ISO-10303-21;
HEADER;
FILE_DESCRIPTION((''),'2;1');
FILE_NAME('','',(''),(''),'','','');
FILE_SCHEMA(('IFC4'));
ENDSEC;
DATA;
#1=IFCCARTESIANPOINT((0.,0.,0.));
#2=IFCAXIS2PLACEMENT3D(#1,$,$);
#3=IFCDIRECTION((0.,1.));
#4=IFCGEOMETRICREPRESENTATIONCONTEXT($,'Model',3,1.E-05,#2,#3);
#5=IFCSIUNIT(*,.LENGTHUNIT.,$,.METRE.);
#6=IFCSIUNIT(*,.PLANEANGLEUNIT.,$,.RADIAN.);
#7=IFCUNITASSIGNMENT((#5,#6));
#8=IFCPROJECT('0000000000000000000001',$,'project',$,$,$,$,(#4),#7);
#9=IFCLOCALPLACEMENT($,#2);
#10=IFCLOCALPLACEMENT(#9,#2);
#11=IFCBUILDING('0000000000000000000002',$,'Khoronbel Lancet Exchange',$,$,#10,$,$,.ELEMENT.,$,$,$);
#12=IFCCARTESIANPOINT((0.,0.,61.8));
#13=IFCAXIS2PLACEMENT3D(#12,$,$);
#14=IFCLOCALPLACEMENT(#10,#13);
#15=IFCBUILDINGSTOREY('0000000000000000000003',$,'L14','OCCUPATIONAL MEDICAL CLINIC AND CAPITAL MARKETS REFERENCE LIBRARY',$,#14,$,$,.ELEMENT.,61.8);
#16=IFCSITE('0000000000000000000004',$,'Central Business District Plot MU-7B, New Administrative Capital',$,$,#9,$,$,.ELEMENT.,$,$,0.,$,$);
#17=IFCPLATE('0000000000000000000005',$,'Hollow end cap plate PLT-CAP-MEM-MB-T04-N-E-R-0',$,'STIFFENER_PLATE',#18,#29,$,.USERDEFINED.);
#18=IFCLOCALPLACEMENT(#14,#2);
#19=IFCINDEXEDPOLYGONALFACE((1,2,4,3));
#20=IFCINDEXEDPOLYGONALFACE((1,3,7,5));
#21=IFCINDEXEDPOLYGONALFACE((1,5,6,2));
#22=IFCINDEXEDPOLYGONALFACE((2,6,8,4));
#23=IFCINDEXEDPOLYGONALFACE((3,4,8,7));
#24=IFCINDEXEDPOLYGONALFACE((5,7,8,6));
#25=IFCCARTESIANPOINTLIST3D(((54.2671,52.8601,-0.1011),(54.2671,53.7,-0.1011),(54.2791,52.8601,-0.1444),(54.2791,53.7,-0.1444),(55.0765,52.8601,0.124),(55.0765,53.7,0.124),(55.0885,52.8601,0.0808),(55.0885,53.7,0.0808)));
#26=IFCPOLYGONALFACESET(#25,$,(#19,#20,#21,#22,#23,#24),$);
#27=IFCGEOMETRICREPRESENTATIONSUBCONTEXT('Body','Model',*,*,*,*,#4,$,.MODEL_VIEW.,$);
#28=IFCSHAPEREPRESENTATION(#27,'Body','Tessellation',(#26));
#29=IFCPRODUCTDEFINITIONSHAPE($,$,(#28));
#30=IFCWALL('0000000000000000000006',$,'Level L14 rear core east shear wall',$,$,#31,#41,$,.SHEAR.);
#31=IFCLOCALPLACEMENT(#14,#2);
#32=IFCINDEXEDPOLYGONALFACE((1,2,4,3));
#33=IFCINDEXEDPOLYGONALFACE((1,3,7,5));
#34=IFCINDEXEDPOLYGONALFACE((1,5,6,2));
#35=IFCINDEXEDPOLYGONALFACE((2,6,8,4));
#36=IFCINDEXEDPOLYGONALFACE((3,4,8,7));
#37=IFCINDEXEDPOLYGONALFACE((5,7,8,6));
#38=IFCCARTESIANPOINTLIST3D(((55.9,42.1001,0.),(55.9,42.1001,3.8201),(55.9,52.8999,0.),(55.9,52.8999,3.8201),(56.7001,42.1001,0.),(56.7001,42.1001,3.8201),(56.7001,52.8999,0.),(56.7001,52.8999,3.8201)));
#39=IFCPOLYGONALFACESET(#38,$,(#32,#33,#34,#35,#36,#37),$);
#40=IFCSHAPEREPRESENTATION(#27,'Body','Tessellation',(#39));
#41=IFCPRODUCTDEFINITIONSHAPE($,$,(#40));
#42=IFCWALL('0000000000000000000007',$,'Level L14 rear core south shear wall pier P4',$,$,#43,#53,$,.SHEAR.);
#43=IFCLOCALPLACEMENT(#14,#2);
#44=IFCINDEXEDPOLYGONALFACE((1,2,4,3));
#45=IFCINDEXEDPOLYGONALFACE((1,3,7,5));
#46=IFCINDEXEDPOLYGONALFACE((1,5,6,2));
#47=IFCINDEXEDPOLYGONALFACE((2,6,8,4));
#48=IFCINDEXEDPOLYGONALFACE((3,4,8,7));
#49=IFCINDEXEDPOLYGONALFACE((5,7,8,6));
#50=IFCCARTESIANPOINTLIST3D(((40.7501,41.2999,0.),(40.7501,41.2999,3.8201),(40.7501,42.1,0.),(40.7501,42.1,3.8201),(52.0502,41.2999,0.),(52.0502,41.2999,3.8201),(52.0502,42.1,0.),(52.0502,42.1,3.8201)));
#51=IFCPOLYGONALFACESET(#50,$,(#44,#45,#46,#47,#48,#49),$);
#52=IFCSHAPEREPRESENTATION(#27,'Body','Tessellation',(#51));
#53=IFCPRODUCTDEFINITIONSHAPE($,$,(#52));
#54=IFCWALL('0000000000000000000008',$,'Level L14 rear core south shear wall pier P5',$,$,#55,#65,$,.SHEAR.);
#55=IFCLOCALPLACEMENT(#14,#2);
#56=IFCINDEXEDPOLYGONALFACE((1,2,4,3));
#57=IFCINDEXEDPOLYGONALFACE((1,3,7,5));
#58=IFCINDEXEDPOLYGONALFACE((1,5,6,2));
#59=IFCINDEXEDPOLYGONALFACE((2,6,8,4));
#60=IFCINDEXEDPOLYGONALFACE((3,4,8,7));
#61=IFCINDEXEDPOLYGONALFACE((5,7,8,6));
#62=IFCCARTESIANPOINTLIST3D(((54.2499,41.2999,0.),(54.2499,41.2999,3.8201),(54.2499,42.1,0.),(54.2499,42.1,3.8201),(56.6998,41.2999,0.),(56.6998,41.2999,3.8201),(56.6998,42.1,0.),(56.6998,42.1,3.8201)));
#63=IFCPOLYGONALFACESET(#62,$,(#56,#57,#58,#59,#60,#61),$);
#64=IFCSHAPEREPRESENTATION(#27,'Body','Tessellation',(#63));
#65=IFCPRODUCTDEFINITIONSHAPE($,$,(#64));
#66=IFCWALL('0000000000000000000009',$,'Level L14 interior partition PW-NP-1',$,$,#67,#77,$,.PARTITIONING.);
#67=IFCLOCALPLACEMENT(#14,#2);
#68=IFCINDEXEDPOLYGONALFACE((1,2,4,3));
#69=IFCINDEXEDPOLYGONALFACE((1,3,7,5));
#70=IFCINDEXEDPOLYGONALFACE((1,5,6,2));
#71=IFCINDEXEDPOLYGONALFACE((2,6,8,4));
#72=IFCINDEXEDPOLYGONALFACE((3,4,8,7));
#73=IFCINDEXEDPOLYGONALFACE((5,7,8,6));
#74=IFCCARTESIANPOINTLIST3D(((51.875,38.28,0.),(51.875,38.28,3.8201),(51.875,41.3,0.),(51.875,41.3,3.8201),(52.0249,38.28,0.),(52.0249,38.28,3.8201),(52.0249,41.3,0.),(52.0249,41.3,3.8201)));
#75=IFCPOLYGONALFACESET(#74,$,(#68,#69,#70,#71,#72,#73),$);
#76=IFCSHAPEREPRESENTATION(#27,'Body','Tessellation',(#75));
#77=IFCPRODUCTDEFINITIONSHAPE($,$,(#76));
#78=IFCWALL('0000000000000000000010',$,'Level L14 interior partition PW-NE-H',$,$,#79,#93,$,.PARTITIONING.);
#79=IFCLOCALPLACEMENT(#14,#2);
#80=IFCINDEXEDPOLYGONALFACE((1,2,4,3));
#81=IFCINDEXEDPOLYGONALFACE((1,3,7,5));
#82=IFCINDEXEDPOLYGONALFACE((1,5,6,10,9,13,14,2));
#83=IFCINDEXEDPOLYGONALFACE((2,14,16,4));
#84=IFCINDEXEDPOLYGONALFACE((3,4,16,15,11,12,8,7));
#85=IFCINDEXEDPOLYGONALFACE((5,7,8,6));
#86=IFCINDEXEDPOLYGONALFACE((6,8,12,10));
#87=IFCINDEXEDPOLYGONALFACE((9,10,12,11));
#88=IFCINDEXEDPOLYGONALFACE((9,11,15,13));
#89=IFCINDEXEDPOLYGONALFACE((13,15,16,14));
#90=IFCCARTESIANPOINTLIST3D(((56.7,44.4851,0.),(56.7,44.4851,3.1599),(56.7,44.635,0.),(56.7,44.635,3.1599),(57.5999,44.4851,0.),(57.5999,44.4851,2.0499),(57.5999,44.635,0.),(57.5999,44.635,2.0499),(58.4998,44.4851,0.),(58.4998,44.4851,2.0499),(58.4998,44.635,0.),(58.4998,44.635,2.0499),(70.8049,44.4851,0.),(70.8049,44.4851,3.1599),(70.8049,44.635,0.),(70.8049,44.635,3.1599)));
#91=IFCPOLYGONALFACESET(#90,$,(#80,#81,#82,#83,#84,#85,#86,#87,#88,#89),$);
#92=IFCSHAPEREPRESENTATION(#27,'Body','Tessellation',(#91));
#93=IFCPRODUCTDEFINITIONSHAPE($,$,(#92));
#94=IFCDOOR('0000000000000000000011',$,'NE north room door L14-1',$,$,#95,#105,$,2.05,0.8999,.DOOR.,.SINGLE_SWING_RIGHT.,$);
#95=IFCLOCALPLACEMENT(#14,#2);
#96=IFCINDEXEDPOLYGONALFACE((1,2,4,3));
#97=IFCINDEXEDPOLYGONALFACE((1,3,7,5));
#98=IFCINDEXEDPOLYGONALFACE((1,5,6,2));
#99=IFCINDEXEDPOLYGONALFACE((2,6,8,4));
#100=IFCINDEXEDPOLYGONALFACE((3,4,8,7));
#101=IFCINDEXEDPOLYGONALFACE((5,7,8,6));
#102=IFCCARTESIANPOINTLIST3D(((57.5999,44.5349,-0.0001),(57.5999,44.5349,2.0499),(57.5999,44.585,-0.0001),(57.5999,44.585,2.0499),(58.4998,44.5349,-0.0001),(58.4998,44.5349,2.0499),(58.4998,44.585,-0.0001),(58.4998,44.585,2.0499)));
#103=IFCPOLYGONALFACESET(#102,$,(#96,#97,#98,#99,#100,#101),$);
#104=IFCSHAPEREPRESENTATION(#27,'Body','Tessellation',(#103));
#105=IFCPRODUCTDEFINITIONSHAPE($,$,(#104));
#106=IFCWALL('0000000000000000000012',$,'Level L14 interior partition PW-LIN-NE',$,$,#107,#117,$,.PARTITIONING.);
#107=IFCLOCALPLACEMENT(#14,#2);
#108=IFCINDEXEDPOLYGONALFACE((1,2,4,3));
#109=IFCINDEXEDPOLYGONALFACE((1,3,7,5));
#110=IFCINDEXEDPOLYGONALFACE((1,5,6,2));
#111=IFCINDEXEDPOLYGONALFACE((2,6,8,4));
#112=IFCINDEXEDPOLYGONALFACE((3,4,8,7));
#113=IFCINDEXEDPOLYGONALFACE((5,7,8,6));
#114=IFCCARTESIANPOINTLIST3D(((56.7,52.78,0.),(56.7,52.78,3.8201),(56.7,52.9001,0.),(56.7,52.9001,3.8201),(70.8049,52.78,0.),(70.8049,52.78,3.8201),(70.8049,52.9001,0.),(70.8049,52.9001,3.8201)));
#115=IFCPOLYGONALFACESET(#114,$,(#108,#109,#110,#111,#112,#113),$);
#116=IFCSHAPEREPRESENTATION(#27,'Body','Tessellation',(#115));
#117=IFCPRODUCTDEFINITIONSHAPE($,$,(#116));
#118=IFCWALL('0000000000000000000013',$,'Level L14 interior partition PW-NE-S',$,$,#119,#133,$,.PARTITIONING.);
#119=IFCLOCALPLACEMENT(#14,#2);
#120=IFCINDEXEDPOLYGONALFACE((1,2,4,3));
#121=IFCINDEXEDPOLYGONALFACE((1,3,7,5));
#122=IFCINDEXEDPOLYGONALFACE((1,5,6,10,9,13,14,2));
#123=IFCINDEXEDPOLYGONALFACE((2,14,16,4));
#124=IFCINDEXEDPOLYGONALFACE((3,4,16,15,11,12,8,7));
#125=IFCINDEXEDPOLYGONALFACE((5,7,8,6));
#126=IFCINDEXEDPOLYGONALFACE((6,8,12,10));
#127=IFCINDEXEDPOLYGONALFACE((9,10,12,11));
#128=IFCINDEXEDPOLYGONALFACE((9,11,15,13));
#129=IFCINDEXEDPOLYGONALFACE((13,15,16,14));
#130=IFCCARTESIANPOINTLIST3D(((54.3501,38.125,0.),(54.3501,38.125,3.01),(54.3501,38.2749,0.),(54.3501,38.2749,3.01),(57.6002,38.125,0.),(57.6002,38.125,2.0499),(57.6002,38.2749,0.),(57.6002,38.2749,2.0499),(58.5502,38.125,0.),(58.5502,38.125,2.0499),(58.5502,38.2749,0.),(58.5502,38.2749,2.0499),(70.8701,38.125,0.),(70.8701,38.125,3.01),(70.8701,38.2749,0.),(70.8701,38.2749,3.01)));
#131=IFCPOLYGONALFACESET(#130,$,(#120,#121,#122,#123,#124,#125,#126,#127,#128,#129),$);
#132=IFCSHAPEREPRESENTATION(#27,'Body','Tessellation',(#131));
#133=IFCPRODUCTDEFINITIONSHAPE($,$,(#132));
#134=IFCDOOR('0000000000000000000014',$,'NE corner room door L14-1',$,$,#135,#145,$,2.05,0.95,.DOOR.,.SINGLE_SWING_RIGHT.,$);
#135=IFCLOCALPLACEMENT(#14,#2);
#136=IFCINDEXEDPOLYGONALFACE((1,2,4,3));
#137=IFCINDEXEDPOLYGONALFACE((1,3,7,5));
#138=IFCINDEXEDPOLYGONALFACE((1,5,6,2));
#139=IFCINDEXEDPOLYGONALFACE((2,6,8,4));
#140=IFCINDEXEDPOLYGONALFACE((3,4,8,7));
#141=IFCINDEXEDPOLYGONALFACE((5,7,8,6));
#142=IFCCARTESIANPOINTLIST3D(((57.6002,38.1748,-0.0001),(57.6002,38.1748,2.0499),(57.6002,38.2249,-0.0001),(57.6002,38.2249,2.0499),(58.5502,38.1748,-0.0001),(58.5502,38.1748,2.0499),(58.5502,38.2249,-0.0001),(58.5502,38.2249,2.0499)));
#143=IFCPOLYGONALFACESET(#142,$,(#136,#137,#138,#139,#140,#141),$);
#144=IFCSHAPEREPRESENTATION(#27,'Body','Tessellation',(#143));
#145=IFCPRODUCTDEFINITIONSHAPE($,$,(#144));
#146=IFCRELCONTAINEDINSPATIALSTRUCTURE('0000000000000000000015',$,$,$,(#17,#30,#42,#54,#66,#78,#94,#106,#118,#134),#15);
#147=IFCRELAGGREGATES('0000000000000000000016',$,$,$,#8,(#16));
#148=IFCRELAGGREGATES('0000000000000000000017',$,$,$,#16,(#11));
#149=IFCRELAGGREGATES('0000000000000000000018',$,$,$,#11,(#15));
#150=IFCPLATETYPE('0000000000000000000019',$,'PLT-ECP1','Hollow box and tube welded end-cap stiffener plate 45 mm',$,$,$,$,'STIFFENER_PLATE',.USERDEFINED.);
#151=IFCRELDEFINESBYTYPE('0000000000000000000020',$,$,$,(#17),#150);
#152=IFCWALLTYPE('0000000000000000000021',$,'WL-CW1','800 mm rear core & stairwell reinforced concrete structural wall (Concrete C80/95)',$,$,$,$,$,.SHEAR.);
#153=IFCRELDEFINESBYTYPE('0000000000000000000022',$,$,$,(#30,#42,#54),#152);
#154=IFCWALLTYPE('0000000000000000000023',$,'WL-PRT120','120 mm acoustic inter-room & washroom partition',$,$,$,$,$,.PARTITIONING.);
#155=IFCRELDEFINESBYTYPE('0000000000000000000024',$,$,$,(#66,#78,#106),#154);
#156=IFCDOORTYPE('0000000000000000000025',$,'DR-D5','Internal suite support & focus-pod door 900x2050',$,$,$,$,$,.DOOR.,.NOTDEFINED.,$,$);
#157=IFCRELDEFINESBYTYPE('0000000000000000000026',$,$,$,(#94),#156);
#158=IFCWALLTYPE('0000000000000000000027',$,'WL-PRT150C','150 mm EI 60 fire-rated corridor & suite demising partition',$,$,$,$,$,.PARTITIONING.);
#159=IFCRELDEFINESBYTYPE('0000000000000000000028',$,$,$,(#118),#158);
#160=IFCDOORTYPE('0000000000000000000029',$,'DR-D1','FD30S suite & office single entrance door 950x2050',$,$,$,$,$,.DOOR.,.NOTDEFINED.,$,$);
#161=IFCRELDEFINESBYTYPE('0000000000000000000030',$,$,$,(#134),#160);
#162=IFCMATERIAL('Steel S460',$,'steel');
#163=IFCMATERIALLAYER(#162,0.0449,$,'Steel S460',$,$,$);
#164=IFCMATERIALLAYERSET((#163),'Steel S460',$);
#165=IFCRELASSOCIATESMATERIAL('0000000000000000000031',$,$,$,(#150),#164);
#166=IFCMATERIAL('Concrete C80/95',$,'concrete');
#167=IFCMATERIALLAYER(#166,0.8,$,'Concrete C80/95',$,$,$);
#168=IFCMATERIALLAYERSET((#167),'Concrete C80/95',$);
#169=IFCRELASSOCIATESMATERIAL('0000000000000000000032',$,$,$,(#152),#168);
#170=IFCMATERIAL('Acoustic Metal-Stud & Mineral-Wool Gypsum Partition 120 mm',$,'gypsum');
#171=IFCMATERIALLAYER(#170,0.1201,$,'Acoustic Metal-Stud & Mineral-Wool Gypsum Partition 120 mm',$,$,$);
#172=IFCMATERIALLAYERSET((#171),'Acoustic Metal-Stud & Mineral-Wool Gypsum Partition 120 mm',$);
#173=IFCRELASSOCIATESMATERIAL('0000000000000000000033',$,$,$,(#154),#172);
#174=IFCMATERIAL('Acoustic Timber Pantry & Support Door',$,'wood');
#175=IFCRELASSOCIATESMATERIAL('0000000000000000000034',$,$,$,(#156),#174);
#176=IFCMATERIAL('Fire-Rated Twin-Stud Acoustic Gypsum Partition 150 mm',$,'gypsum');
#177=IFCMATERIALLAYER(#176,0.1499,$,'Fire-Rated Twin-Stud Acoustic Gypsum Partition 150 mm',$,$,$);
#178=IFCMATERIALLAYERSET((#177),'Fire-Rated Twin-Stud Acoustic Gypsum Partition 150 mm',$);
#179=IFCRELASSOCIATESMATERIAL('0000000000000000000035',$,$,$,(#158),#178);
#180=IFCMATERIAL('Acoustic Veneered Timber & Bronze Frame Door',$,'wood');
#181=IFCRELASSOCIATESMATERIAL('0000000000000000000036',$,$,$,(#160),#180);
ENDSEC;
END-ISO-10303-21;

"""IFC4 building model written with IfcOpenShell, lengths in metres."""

from ifc_helpers import new_model, si_unit, direction, frame, frame_2d, origin, place, context, subcontext, project, spatial, polyline, rectangle, outline, extrude, material, layer, layer_set, type_object, element, fill, save


model = new_model("IFC4")

# Units and contexts
model_context = context("Model", 3, precision=1e-05, world=origin(), true_north=direction((0.0, 1.0)))
body_context = subcontext(model_context, "Body", "Model", "MODEL_VIEW")
ifc_project = project(units=[si_unit("LENGTHUNIT", "METRE"), si_unit("PLANEANGLEUNIT", "RADIAN")], contexts=[model_context])

# Site, building, storey
site_placement = place(None, origin())
site = spatial("IfcSite", under=ifc_project, at=site_placement, Name="Central Business District Plot MU-7B, New Administrative Capital", CompositionType="ELEMENT", RefElevation=0.0)
building_placement = place(site_placement, origin())
building = spatial("IfcBuilding", under=site, at=building_placement, Name="Khoronbel Lancet Exchange", CompositionType="ELEMENT")
storey_placement = place(building_placement, frame((0.0, 0.0, 61.8)))
storey = spatial("IfcBuildingStorey", under=building, at=storey_placement, Name="L14", Description="OCCUPATIONAL MEDICAL CLINIC AND CAPITAL MARKETS REFERENCE LIBRARY", CompositionType="ELEMENT", Elevation=61.8)

# Shared definitions
ifc_material_1 = material(Name="Steel S460", Category="steel")

# Shared definitions
ifc_material_2 = material(Name="Concrete C80/95", Category="concrete")

# Plate
ifc_layer_1 = layer(ifc_material_1, 0.0449, Name="Steel S460")
ifc_layer_set_1 = layer_set([ifc_layer_1], Name="Steel S460")
plate_type_1 = type_object("IfcPlateType", Name="PLT-ECP1", Description="Hollow box and tube welded end-cap stiffener plate 45 mm", ElementType="STIFFENER_PLATE", PredefinedType="USERDEFINED", material=ifc_layer_set_1)
plate_1_placement = place(storey_placement, frame((54.2671, 53.7, -0.1011), z_axis=(-0.267959, 0.0, 0.96343), x_axis=(0.0, -1.0, 0.0)))
element("IfcPlate", 1, at=plate_1_placement, inside=storey, type_object=plate_type_1, Name="Hollow end cap plate PLT-CAP-MEM-MB-T04-N-E-R-0", ObjectType="STIFFENER_PLATE", PredefinedType="USERDEFINED", context=body_context, shape_type="SweptSolid", body=[
    extrude(outline(polyline([(0.0, 0.0), (0.8398, 0.0), (0.8398, 0.8401), (0.0, 0.8401), (0.0, 0.0)])), origin(), (0.0, 0.0, -1.0), 0.0449),
])

# Walls
ifc_layer_2 = layer(ifc_material_2, 0.8, Name="Concrete C80/95")
ifc_layer_set_2 = layer_set([ifc_layer_2], Name="Concrete C80/95")
wall_type_1 = type_object("IfcWallType", Name="WL-CW1", Description="800 mm rear core & stairwell reinforced concrete structural wall (Concrete C80/95)", PredefinedType="SHEAR", material=ifc_layer_set_2)
wall_1_placement = place(storey_placement, frame((56.3, 52.8999, 0.0), z_axis=(0.0, 0.0, 1.0), x_axis=(0.0, -1.0, 0.0)))
element("IfcWall", 2, at=wall_1_placement, inside=storey, type_object=wall_type_1, Name="Level L14 rear core east shear wall", PredefinedType="SHEAR", context=body_context, shape_type="SweptSolid", body=[
    extrude(rectangle(XDim=10.7998, YDim=0.8, at=frame_2d((5.3999, 0.0))), origin(), (0.0, 0.0, 1.0), 3.8201),
])
wall_2_placement = place(storey_placement, frame((52.05, 41.7, 0.0), z_axis=(0.0, 0.0, 1.0), x_axis=(-1.0, 0.0, 0.0)))
element("IfcWall", 3, at=wall_2_placement, inside=storey, type_object=wall_type_1, Name="Level L14 rear core south shear wall pier P4", PredefinedType="SHEAR", context=body_context, shape_type="SweptSolid", body=[
    extrude(rectangle(XDim=11.3, YDim=0.8, at=frame_2d((5.6499, 0.0))), origin(), (0.0, 0.0, 1.0), 3.8201),
])
wall_3_placement = place(storey_placement, frame((56.7, 41.7, 0.0), z_axis=(0.0, 0.0, 1.0), x_axis=(-1.0, 0.0, 0.0)))
element("IfcWall", 4, at=wall_3_placement, inside=storey, type_object=wall_type_1, Name="Level L14 rear core south shear wall pier P5", PredefinedType="SHEAR", context=body_context, shape_type="SweptSolid", body=[
    extrude(rectangle(XDim=2.45, YDim=0.8, at=frame_2d((1.2251, 0.0))), origin(), (0.0, 0.0, 1.0), 3.8201),
])
ifc_material_3 = material(Name="Acoustic Metal-Stud & Mineral-Wool Gypsum Partition 120 mm", Category="gypsum")
ifc_layer_3 = layer(ifc_material_3, 0.1201, Name="Acoustic Metal-Stud & Mineral-Wool Gypsum Partition 120 mm")
ifc_layer_set_3 = layer_set([ifc_layer_3], Name="Acoustic Metal-Stud & Mineral-Wool Gypsum Partition 120 mm")
wall_type_2 = type_object("IfcWallType", Name="WL-PRT120", Description="120 mm acoustic inter-room & washroom partition", PredefinedType="PARTITIONING", material=ifc_layer_set_3)
wall_4_placement = place(storey_placement, frame((51.95, 38.28, 0.0), z_axis=(0.0, 0.0, 1.0), x_axis=(0.0, 1.0, 0.0)))
element("IfcWall", 5, at=wall_4_placement, inside=storey, type_object=wall_type_2, Name="Level L14 interior partition PW-NP-1", PredefinedType="PARTITIONING", context=body_context, shape_type="SweptSolid", body=[
    extrude(rectangle(XDim=3.02, YDim=0.1499, at=frame_2d((1.51, 0.0))), origin(), (0.0, 0.0, 1.0), 3.8201),
])

# Wall, opening, door
wall_5_placement = place(storey_placement, frame((56.7, 44.5601, 0.0), z_axis=(0.0, 0.0, 1.0), x_axis=(1.0, 0.0, 0.0)))
wall_5 = element("IfcWall", 6, at=wall_5_placement, inside=storey, type_object=wall_type_2, Name="Level L14 interior partition PW-NE-H", PredefinedType="PARTITIONING", context=body_context, shape_type="SweptSolid", body=[
    extrude(rectangle(XDim=14.105, YDim=0.1499, at=frame_2d((7.0525, 0.0))), origin(), (0.0, 0.0, 1.0), 3.1599),
])
opening_1_placement = place(wall_5_placement, frame((0.8999, 0.0, 0.0)))
opening_1 = element("IfcOpeningElement", 7, at=opening_1_placement, cuts=wall_5, PredefinedType="OPENING", context=body_context, shape_type="SweptSolid", body=[
    extrude(rectangle(XDim=0.8999, YDim=2.05, at=frame_2d((0.45, 1.0249))), frame((0.0, 0.085, 0.0), z_axis=(0.0, -1.0, 0.0), x_axis=(1.0, 0.0, 0.0)), (0.0, 0.0, 1.0), 0.1699),
])
ifc_material_4 = material(Name="Acoustic Timber Pantry & Support Door", Category="wood")
door_type_1 = type_object("IfcDoorType", Name="DR-D5", Description="Internal suite support & focus-pod door 900x2050", OperationType="NOTDEFINED", PredefinedType="DOOR", material=ifc_material_4)
door_1_placement = place(opening_1_placement, origin())
door_1 = element("IfcDoor", 8, at=door_1_placement, inside=storey, type_object=door_type_1, Name="NE north room door L14-1", OperationType="SINGLE_SWING_RIGHT", OverallHeight=2.05, OverallWidth=0.8999, PredefinedType="DOOR", context=body_context, shape_type="SweptSolid", body=[
    extrude(rectangle(XDim=0.8999, YDim=2.05, at=frame_2d((0.45, 1.0249))), frame((0.0, 0.0249, 0.0), z_axis=(0.0, -1.0, 0.0), x_axis=(1.0, 0.0, 0.0)), (0.0, 0.0, 1.0), 0.05),
])
fill(opening_1, door_1)

# Wall
wall_6_placement = place(storey_placement, frame((56.7, 52.8401, 0.0), z_axis=(0.0, 0.0, 1.0), x_axis=(1.0, 0.0, 0.0)))
element("IfcWall", 9, at=wall_6_placement, inside=storey, type_object=wall_type_2, Name="Level L14 interior partition PW-LIN-NE", PredefinedType="PARTITIONING", context=body_context, shape_type="SweptSolid", body=[
    extrude(rectangle(XDim=14.105, YDim=0.1201, at=frame_2d((7.0525, 0.0))), origin(), (0.0, 0.0, 1.0), 3.8201),
])

# Wall, opening, door
ifc_material_5 = material(Name="Fire-Rated Twin-Stud Acoustic Gypsum Partition 150 mm", Category="gypsum")
ifc_layer_4 = layer(ifc_material_5, 0.1499, Name="Fire-Rated Twin-Stud Acoustic Gypsum Partition 150 mm")
ifc_layer_set_4 = layer_set([ifc_layer_4], Name="Fire-Rated Twin-Stud Acoustic Gypsum Partition 150 mm")
wall_type_3 = type_object("IfcWallType", Name="WL-PRT150C", Description="150 mm EI 60 fire-rated corridor & suite demising partition", PredefinedType="PARTITIONING", material=ifc_layer_set_4)
wall_7_placement = place(storey_placement, frame((54.3501, 38.2, 0.0), z_axis=(0.0, 0.0, 1.0), x_axis=(1.0, 0.0, 0.0)))
wall_7 = element("IfcWall", 10, at=wall_7_placement, inside=storey, type_object=wall_type_3, Name="Level L14 interior partition PW-NE-S", PredefinedType="PARTITIONING", context=body_context, shape_type="SweptSolid", body=[
    extrude(rectangle(XDim=16.52, YDim=0.1499, at=frame_2d((8.26, 0.0))), origin(), (0.0, 0.0, 1.0), 3.01),
])
opening_2_placement = place(wall_7_placement, frame((3.25, 0.0, 0.0)))
opening_2 = element("IfcOpeningElement", 11, at=opening_2_placement, cuts=wall_7, PredefinedType="OPENING", context=body_context, shape_type="SweptSolid", body=[
    extrude(rectangle(XDim=0.95, YDim=2.05, at=frame_2d((0.4751, 1.0249))), frame((0.0, 0.085, 0.0), z_axis=(0.0, -1.0, 0.0), x_axis=(1.0, 0.0, 0.0)), (0.0, 0.0, 1.0), 0.1699),
])
ifc_material_6 = material(Name="Acoustic Veneered Timber & Bronze Frame Door", Category="wood")
door_type_2 = type_object("IfcDoorType", Name="DR-D1", Description="FD30S suite & office single entrance door 950x2050", OperationType="NOTDEFINED", PredefinedType="DOOR", material=ifc_material_6)
door_2_placement = place(opening_2_placement, origin())
door_2 = element("IfcDoor", 12, at=door_2_placement, inside=storey, type_object=door_type_2, Name="NE corner room door L14-1", OperationType="SINGLE_SWING_RIGHT", OverallHeight=2.05, OverallWidth=0.95, PredefinedType="DOOR", context=body_context, shape_type="SweptSolid", body=[
    extrude(rectangle(XDim=0.95, YDim=2.05, at=frame_2d((0.4751, 1.0249))), frame((0.0, 0.0249, 0.0), z_axis=(0.0, -1.0, 0.0), x_axis=(1.0, 0.0, 0.0)), (0.0, 0.0, 1.0), 0.05),
])
fill(opening_2, door_2)

save(model, "model.ifc")
